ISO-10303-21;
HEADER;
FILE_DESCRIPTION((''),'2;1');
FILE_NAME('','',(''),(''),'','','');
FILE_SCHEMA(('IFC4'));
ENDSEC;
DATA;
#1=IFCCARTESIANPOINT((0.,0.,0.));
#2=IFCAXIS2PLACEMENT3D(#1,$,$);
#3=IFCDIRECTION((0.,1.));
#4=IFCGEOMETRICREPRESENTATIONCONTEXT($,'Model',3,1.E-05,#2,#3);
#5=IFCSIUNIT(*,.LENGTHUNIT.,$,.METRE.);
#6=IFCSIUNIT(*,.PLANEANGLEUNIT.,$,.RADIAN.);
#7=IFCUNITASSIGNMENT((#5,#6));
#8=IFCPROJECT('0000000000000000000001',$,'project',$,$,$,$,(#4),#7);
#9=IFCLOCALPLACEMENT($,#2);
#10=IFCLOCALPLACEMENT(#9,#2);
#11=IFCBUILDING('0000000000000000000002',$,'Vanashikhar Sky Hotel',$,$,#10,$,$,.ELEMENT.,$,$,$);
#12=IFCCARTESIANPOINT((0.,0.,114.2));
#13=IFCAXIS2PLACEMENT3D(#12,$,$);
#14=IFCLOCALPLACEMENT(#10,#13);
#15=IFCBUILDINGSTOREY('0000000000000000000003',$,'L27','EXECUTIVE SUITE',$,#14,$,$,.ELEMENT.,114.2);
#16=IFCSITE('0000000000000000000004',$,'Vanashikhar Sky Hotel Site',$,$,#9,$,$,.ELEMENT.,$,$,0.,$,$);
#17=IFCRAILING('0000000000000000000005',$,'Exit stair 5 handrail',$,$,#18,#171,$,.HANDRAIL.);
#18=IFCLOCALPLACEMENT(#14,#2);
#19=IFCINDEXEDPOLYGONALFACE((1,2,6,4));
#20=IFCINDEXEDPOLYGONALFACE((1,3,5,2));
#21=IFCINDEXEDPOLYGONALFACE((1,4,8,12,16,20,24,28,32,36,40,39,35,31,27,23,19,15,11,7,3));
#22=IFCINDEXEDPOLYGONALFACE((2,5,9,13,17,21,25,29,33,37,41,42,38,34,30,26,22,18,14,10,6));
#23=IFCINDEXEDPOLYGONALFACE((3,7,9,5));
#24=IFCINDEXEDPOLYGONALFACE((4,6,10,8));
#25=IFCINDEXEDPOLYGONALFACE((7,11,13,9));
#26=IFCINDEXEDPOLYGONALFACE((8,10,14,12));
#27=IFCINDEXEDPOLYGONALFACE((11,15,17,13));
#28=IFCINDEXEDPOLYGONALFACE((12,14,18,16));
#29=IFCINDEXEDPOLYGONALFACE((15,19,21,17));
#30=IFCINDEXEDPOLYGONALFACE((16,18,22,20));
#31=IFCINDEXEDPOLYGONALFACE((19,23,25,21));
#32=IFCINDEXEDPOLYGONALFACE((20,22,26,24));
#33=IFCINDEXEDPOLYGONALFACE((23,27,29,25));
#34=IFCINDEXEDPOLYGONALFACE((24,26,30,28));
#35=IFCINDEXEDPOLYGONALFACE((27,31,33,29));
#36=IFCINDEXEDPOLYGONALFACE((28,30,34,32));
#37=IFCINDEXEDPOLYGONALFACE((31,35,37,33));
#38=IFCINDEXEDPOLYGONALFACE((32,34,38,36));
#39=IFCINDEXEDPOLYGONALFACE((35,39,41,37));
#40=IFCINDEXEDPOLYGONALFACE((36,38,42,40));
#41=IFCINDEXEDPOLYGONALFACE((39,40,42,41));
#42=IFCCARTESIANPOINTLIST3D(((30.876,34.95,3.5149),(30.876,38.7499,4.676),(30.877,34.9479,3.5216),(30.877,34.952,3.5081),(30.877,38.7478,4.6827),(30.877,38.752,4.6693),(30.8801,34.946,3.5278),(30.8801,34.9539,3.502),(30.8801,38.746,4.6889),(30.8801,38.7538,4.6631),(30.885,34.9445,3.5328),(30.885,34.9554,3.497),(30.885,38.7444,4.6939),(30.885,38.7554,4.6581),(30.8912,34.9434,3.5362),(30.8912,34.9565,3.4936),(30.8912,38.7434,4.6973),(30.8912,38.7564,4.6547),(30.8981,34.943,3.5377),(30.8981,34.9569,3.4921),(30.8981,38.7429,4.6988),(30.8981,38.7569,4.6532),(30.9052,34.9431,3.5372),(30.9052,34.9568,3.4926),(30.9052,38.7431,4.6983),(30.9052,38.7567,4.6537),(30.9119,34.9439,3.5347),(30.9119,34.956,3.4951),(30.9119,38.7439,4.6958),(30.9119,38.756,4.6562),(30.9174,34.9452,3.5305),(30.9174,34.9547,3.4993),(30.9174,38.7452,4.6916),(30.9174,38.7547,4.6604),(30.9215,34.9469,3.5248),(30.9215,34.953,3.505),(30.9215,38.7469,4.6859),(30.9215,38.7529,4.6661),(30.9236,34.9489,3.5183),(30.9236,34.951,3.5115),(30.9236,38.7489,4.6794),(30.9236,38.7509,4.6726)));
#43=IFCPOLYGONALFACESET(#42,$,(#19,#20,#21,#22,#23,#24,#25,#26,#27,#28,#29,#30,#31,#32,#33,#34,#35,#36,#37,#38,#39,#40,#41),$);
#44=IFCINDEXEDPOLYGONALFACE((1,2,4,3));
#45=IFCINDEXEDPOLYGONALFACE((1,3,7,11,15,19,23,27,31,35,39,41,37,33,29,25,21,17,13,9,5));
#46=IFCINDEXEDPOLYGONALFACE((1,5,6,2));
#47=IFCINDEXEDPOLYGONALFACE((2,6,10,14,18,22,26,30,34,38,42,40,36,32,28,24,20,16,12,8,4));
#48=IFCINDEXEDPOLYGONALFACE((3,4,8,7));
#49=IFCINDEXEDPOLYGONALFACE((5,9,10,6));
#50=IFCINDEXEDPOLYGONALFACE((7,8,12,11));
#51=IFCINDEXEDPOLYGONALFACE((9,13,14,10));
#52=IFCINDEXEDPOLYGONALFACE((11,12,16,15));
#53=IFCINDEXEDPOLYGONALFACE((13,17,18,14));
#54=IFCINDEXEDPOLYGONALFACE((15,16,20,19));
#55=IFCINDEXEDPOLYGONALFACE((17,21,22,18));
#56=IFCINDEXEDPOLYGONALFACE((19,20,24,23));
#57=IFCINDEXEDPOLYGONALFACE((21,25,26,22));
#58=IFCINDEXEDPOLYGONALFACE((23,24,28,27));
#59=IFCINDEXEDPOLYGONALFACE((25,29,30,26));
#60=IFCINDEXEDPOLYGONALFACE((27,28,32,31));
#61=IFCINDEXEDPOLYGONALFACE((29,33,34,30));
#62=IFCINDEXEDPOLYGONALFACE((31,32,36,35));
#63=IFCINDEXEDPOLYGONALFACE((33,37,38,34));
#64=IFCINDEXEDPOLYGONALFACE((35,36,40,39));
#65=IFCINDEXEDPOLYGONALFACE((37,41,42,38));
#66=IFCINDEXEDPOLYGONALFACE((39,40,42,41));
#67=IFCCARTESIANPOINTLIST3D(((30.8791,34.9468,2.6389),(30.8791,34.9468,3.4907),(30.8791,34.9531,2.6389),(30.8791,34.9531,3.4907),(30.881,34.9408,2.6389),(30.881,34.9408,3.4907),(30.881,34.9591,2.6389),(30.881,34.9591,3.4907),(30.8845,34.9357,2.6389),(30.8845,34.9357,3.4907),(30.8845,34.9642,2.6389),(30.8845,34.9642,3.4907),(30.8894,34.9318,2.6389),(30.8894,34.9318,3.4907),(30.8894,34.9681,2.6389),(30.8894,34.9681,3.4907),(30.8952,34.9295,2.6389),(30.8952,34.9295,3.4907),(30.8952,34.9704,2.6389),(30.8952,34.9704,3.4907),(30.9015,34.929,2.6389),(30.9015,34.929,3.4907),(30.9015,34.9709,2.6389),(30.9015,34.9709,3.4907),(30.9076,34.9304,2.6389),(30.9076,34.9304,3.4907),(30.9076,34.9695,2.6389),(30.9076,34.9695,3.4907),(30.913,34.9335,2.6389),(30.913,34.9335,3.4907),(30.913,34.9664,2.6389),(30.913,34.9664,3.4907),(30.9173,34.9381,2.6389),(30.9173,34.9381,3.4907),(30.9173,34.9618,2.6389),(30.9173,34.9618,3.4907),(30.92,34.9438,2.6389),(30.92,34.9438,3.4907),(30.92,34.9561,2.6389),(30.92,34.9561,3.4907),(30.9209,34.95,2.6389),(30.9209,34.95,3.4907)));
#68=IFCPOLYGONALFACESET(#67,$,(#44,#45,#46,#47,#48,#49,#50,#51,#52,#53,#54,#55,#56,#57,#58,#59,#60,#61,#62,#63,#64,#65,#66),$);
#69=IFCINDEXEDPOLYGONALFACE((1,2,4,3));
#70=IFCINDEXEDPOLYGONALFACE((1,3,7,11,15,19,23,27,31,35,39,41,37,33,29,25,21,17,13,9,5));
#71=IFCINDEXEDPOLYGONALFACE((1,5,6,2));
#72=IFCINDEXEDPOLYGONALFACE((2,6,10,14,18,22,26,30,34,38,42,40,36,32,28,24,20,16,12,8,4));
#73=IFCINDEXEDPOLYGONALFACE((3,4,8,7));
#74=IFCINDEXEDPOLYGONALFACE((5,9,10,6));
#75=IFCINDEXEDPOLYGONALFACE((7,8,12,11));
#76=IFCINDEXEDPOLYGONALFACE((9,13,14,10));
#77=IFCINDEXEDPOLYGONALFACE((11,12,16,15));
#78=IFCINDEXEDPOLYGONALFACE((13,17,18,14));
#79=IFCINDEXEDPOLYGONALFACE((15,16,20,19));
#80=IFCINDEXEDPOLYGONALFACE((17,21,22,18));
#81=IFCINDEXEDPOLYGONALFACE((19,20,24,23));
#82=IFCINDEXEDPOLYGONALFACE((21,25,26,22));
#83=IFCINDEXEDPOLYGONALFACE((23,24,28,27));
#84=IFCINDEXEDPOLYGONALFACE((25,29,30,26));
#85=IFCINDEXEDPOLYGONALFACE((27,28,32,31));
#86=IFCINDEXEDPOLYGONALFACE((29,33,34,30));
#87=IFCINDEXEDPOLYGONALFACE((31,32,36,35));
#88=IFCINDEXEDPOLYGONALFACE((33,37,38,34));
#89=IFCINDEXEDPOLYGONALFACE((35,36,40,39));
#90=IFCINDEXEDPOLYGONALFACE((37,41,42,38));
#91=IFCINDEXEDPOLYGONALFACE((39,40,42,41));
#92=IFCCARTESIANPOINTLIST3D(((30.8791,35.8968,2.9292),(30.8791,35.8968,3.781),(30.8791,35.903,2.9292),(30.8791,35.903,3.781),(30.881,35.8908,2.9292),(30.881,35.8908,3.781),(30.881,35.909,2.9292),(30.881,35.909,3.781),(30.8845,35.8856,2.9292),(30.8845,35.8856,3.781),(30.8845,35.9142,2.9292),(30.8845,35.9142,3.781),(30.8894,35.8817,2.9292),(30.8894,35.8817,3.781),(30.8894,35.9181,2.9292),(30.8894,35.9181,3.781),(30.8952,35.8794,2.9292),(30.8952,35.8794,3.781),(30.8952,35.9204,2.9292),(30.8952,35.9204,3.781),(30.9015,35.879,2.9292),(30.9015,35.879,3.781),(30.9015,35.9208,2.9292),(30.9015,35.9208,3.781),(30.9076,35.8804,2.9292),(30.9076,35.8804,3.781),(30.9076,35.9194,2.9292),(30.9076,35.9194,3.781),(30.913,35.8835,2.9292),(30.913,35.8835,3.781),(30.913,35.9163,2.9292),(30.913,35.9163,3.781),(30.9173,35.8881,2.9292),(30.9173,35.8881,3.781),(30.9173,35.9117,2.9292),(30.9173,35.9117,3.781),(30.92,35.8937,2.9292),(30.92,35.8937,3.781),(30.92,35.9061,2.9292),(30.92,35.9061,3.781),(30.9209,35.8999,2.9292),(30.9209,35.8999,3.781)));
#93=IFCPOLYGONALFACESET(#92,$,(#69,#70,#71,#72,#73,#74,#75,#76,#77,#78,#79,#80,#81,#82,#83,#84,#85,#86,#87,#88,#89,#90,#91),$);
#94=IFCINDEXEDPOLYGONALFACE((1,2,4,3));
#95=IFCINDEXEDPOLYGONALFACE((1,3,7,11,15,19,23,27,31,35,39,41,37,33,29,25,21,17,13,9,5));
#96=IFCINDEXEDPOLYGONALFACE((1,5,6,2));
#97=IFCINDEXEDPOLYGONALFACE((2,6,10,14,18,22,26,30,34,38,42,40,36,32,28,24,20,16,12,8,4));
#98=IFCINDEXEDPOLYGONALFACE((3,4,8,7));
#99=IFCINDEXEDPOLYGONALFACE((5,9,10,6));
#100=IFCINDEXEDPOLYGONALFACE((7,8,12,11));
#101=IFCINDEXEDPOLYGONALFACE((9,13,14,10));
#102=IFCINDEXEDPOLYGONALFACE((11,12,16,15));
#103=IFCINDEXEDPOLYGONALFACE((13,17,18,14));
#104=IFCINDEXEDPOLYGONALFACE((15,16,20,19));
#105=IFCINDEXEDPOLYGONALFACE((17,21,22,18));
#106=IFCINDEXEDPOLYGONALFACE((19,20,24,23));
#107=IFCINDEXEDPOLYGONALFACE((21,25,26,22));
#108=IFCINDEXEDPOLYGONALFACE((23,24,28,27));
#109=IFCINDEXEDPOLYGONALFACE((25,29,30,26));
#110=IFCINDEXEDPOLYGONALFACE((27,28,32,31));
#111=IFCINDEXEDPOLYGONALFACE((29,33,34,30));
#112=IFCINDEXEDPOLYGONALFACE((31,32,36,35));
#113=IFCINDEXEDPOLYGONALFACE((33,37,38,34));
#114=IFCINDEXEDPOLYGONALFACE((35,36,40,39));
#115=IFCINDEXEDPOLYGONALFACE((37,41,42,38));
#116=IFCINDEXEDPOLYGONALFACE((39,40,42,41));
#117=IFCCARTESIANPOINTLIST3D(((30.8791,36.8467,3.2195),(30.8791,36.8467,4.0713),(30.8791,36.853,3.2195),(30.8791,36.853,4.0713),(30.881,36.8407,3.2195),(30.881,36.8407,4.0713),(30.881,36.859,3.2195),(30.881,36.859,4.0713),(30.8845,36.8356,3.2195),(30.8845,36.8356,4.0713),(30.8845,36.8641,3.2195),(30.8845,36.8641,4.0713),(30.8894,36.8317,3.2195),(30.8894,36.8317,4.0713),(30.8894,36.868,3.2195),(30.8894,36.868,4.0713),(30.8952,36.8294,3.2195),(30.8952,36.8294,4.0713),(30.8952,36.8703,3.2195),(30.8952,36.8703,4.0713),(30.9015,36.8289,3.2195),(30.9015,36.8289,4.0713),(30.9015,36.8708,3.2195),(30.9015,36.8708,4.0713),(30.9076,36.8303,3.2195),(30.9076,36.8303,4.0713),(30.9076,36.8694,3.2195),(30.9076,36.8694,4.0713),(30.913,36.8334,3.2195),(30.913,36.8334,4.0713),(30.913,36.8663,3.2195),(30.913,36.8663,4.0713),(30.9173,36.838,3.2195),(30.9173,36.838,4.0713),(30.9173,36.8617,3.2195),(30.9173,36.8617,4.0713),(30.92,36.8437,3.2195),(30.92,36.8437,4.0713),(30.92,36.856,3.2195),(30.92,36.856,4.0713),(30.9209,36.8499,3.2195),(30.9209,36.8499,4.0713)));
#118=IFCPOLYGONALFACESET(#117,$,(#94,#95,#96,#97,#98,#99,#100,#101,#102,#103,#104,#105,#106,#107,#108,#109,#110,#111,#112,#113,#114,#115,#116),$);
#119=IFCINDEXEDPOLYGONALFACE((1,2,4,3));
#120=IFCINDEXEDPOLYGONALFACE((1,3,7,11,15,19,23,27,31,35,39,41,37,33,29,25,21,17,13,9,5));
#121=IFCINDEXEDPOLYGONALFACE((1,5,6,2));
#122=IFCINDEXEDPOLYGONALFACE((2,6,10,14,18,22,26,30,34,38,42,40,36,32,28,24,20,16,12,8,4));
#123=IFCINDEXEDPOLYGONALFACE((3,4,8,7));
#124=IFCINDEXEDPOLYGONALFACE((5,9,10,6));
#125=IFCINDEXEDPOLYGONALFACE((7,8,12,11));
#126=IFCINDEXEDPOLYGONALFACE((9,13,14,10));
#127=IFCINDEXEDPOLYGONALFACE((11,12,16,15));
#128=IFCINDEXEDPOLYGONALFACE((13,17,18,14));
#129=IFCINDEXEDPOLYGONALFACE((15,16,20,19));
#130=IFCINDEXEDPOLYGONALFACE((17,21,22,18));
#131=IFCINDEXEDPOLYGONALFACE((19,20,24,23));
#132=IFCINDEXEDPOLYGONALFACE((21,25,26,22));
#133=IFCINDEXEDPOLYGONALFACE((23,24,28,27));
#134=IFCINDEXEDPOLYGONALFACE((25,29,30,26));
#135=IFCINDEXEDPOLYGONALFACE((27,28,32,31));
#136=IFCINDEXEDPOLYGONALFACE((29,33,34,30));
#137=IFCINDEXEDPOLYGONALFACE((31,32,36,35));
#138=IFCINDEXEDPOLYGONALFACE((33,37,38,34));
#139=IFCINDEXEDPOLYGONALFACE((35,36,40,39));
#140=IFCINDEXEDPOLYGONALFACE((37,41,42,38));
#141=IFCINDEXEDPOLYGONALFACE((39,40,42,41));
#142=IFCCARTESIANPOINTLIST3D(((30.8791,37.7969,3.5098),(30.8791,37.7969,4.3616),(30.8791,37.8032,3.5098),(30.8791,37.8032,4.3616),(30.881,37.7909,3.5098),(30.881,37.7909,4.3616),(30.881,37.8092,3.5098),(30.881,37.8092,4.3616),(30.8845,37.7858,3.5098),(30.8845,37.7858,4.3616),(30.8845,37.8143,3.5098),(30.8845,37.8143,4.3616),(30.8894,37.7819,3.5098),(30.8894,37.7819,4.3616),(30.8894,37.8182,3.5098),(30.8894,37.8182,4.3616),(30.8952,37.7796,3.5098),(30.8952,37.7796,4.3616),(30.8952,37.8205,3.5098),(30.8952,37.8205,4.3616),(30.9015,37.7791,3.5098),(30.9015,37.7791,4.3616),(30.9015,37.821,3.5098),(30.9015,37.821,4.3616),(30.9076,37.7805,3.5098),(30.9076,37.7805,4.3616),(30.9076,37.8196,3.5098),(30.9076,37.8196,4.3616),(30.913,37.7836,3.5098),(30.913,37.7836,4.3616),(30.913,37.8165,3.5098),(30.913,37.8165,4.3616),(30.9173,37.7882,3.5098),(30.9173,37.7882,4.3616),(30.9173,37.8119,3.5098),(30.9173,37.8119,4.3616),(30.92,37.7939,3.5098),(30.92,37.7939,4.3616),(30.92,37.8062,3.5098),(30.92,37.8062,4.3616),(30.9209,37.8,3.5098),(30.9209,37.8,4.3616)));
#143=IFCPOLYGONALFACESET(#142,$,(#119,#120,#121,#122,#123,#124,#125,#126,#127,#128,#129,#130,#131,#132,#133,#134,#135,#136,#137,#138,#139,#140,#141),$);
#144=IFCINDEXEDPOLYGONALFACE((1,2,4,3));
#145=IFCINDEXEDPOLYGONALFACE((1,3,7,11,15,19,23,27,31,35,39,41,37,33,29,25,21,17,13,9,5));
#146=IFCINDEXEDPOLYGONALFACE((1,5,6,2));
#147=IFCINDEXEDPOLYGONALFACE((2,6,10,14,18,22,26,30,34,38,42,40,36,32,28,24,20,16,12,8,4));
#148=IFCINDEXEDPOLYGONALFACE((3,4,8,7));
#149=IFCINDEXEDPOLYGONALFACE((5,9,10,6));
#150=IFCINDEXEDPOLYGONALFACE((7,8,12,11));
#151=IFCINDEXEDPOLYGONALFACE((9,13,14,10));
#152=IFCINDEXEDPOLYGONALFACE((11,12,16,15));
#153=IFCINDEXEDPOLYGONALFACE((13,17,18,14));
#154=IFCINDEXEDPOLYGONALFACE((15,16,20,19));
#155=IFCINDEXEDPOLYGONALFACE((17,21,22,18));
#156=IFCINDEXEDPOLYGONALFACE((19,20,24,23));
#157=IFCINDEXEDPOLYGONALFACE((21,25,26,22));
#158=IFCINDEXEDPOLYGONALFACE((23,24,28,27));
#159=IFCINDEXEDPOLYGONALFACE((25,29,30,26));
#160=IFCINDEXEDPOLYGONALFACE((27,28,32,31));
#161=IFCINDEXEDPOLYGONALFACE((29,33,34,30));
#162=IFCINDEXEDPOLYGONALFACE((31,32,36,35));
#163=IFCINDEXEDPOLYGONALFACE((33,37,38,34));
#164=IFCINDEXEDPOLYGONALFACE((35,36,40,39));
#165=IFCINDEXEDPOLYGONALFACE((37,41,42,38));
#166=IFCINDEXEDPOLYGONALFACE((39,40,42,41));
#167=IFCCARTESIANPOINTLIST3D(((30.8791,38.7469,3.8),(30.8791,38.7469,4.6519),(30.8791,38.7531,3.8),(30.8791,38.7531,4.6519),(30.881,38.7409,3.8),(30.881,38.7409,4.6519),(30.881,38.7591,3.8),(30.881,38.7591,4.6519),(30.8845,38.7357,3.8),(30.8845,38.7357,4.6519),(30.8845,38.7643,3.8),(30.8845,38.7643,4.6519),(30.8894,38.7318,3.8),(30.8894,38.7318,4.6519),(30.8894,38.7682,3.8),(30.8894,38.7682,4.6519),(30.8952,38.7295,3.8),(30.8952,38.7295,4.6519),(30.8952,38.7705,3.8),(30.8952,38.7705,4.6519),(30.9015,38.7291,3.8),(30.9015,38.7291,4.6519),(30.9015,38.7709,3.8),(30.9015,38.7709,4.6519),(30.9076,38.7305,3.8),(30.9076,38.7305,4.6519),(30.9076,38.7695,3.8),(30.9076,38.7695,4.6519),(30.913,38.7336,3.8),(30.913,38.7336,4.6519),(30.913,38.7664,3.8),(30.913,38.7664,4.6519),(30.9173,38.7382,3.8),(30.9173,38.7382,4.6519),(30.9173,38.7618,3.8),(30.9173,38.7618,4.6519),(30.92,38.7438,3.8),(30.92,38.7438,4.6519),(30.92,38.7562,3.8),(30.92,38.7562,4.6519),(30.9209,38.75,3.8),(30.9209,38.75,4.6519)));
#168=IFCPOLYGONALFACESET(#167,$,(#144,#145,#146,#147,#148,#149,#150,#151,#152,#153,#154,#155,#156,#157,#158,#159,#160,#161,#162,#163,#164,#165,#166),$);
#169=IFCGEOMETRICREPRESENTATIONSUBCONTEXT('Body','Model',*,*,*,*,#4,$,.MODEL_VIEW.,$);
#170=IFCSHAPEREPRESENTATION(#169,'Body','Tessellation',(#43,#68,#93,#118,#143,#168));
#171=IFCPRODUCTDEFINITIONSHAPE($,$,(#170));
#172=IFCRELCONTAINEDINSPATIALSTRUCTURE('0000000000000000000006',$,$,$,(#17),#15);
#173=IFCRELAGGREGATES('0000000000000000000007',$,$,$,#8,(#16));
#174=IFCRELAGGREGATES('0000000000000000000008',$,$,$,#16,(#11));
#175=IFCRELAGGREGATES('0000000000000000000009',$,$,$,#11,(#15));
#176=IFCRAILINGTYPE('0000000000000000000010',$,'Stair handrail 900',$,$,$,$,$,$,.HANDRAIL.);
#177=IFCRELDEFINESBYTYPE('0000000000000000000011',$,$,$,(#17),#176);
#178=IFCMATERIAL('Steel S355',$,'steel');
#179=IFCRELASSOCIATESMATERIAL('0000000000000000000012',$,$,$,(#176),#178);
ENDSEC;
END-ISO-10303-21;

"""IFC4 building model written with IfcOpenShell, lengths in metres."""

from ifc_helpers import new_model, si_unit, direction, frame, origin, origin_2d, place, context, subcontext, project, spatial, circle, extrude, source, transform, mapped, material, type_object, element, save


model = new_model("IFC4")

# Units and contexts
model_context = context("Model", 3, precision=1e-05, world=origin(), true_north=direction((0.0, 1.0)))
body_context = subcontext(model_context, "Body", "Model", "MODEL_VIEW")
ifc_project = project(units=[si_unit("LENGTHUNIT", "METRE"), si_unit("PLANEANGLEUNIT", "RADIAN")], contexts=[model_context])

# Site, building, storey
site_placement = place(None, origin())
site = spatial("IfcSite", under=ifc_project, at=site_placement, Name="Vanashikhar Sky Hotel Site", CompositionType="ELEMENT", RefElevation=0.0)
building_placement = place(site_placement, origin())
building = spatial("IfcBuilding", under=site, at=building_placement, Name="Vanashikhar Sky Hotel", CompositionType="ELEMENT")
storey_placement = place(building_placement, frame((0.0, 0.0, 114.2)))
storey = spatial("IfcBuildingStorey", under=building, at=storey_placement, Name="L27", Description="EXECUTIVE SUITE", CompositionType="ELEMENT", Elevation=114.2)

# Railing
ifc_material_1 = material(Name="Steel S355", Category="steel")
railing_type_1 = type_object("IfcRailingType", Name="Stair handrail 900", PredefinedType="HANDRAIL", material=ifc_material_1)
shared_shape_1 = source(origin(), body_context, "Body", "SweptSolid", [
    extrude(circle(Radius=0.0239, at=origin_2d()), frame((0.0, 0.0, 0.876), z_axis=(0.0, 0.956351, 0.29222), x_axis=(-1.0, 0.0, 0.0)), (0.0, 0.0, 1.0), 3.9734),
    extrude(circle(Radius=0.021, at=origin_2d()), origin(), (0.0, 0.0, 1.0), 0.8518),
    extrude(circle(Radius=0.021, at=origin_2d()), frame((0.0, 0.95, 0.2903)), (0.0, 0.0, 1.0), 0.8518),
    extrude(circle(Radius=0.021, at=origin_2d()), frame((0.0, 1.8999, 0.5806)), (0.0, 0.0, 1.0), 0.8518),
    extrude(circle(Radius=0.021, at=origin_2d()), frame((0.0, 2.8501, 0.8708)), (0.0, 0.0, 1.0), 0.8518),
    extrude(circle(Radius=0.021, at=origin_2d()), frame((0.0, 3.8, 1.1611)), (0.0, 0.0, 1.0), 0.8518),
])
for number, where, name in (
    (1, (30.8999, 34.95, 2.6389), "Exit stair 5 handrail"),
):
    element("IfcRailing", number, at=place(storey_placement, frame(where)), inside=storey, type_object=railing_type_1, Name=name, PredefinedType="HANDRAIL", context=body_context, shape_type="MappedRepresentation", body=[
        mapped(shared_shape_1, transform((0.0, 0.0, 0.0), scale=1.0)),
    ])

save(model, "model.ifc")
